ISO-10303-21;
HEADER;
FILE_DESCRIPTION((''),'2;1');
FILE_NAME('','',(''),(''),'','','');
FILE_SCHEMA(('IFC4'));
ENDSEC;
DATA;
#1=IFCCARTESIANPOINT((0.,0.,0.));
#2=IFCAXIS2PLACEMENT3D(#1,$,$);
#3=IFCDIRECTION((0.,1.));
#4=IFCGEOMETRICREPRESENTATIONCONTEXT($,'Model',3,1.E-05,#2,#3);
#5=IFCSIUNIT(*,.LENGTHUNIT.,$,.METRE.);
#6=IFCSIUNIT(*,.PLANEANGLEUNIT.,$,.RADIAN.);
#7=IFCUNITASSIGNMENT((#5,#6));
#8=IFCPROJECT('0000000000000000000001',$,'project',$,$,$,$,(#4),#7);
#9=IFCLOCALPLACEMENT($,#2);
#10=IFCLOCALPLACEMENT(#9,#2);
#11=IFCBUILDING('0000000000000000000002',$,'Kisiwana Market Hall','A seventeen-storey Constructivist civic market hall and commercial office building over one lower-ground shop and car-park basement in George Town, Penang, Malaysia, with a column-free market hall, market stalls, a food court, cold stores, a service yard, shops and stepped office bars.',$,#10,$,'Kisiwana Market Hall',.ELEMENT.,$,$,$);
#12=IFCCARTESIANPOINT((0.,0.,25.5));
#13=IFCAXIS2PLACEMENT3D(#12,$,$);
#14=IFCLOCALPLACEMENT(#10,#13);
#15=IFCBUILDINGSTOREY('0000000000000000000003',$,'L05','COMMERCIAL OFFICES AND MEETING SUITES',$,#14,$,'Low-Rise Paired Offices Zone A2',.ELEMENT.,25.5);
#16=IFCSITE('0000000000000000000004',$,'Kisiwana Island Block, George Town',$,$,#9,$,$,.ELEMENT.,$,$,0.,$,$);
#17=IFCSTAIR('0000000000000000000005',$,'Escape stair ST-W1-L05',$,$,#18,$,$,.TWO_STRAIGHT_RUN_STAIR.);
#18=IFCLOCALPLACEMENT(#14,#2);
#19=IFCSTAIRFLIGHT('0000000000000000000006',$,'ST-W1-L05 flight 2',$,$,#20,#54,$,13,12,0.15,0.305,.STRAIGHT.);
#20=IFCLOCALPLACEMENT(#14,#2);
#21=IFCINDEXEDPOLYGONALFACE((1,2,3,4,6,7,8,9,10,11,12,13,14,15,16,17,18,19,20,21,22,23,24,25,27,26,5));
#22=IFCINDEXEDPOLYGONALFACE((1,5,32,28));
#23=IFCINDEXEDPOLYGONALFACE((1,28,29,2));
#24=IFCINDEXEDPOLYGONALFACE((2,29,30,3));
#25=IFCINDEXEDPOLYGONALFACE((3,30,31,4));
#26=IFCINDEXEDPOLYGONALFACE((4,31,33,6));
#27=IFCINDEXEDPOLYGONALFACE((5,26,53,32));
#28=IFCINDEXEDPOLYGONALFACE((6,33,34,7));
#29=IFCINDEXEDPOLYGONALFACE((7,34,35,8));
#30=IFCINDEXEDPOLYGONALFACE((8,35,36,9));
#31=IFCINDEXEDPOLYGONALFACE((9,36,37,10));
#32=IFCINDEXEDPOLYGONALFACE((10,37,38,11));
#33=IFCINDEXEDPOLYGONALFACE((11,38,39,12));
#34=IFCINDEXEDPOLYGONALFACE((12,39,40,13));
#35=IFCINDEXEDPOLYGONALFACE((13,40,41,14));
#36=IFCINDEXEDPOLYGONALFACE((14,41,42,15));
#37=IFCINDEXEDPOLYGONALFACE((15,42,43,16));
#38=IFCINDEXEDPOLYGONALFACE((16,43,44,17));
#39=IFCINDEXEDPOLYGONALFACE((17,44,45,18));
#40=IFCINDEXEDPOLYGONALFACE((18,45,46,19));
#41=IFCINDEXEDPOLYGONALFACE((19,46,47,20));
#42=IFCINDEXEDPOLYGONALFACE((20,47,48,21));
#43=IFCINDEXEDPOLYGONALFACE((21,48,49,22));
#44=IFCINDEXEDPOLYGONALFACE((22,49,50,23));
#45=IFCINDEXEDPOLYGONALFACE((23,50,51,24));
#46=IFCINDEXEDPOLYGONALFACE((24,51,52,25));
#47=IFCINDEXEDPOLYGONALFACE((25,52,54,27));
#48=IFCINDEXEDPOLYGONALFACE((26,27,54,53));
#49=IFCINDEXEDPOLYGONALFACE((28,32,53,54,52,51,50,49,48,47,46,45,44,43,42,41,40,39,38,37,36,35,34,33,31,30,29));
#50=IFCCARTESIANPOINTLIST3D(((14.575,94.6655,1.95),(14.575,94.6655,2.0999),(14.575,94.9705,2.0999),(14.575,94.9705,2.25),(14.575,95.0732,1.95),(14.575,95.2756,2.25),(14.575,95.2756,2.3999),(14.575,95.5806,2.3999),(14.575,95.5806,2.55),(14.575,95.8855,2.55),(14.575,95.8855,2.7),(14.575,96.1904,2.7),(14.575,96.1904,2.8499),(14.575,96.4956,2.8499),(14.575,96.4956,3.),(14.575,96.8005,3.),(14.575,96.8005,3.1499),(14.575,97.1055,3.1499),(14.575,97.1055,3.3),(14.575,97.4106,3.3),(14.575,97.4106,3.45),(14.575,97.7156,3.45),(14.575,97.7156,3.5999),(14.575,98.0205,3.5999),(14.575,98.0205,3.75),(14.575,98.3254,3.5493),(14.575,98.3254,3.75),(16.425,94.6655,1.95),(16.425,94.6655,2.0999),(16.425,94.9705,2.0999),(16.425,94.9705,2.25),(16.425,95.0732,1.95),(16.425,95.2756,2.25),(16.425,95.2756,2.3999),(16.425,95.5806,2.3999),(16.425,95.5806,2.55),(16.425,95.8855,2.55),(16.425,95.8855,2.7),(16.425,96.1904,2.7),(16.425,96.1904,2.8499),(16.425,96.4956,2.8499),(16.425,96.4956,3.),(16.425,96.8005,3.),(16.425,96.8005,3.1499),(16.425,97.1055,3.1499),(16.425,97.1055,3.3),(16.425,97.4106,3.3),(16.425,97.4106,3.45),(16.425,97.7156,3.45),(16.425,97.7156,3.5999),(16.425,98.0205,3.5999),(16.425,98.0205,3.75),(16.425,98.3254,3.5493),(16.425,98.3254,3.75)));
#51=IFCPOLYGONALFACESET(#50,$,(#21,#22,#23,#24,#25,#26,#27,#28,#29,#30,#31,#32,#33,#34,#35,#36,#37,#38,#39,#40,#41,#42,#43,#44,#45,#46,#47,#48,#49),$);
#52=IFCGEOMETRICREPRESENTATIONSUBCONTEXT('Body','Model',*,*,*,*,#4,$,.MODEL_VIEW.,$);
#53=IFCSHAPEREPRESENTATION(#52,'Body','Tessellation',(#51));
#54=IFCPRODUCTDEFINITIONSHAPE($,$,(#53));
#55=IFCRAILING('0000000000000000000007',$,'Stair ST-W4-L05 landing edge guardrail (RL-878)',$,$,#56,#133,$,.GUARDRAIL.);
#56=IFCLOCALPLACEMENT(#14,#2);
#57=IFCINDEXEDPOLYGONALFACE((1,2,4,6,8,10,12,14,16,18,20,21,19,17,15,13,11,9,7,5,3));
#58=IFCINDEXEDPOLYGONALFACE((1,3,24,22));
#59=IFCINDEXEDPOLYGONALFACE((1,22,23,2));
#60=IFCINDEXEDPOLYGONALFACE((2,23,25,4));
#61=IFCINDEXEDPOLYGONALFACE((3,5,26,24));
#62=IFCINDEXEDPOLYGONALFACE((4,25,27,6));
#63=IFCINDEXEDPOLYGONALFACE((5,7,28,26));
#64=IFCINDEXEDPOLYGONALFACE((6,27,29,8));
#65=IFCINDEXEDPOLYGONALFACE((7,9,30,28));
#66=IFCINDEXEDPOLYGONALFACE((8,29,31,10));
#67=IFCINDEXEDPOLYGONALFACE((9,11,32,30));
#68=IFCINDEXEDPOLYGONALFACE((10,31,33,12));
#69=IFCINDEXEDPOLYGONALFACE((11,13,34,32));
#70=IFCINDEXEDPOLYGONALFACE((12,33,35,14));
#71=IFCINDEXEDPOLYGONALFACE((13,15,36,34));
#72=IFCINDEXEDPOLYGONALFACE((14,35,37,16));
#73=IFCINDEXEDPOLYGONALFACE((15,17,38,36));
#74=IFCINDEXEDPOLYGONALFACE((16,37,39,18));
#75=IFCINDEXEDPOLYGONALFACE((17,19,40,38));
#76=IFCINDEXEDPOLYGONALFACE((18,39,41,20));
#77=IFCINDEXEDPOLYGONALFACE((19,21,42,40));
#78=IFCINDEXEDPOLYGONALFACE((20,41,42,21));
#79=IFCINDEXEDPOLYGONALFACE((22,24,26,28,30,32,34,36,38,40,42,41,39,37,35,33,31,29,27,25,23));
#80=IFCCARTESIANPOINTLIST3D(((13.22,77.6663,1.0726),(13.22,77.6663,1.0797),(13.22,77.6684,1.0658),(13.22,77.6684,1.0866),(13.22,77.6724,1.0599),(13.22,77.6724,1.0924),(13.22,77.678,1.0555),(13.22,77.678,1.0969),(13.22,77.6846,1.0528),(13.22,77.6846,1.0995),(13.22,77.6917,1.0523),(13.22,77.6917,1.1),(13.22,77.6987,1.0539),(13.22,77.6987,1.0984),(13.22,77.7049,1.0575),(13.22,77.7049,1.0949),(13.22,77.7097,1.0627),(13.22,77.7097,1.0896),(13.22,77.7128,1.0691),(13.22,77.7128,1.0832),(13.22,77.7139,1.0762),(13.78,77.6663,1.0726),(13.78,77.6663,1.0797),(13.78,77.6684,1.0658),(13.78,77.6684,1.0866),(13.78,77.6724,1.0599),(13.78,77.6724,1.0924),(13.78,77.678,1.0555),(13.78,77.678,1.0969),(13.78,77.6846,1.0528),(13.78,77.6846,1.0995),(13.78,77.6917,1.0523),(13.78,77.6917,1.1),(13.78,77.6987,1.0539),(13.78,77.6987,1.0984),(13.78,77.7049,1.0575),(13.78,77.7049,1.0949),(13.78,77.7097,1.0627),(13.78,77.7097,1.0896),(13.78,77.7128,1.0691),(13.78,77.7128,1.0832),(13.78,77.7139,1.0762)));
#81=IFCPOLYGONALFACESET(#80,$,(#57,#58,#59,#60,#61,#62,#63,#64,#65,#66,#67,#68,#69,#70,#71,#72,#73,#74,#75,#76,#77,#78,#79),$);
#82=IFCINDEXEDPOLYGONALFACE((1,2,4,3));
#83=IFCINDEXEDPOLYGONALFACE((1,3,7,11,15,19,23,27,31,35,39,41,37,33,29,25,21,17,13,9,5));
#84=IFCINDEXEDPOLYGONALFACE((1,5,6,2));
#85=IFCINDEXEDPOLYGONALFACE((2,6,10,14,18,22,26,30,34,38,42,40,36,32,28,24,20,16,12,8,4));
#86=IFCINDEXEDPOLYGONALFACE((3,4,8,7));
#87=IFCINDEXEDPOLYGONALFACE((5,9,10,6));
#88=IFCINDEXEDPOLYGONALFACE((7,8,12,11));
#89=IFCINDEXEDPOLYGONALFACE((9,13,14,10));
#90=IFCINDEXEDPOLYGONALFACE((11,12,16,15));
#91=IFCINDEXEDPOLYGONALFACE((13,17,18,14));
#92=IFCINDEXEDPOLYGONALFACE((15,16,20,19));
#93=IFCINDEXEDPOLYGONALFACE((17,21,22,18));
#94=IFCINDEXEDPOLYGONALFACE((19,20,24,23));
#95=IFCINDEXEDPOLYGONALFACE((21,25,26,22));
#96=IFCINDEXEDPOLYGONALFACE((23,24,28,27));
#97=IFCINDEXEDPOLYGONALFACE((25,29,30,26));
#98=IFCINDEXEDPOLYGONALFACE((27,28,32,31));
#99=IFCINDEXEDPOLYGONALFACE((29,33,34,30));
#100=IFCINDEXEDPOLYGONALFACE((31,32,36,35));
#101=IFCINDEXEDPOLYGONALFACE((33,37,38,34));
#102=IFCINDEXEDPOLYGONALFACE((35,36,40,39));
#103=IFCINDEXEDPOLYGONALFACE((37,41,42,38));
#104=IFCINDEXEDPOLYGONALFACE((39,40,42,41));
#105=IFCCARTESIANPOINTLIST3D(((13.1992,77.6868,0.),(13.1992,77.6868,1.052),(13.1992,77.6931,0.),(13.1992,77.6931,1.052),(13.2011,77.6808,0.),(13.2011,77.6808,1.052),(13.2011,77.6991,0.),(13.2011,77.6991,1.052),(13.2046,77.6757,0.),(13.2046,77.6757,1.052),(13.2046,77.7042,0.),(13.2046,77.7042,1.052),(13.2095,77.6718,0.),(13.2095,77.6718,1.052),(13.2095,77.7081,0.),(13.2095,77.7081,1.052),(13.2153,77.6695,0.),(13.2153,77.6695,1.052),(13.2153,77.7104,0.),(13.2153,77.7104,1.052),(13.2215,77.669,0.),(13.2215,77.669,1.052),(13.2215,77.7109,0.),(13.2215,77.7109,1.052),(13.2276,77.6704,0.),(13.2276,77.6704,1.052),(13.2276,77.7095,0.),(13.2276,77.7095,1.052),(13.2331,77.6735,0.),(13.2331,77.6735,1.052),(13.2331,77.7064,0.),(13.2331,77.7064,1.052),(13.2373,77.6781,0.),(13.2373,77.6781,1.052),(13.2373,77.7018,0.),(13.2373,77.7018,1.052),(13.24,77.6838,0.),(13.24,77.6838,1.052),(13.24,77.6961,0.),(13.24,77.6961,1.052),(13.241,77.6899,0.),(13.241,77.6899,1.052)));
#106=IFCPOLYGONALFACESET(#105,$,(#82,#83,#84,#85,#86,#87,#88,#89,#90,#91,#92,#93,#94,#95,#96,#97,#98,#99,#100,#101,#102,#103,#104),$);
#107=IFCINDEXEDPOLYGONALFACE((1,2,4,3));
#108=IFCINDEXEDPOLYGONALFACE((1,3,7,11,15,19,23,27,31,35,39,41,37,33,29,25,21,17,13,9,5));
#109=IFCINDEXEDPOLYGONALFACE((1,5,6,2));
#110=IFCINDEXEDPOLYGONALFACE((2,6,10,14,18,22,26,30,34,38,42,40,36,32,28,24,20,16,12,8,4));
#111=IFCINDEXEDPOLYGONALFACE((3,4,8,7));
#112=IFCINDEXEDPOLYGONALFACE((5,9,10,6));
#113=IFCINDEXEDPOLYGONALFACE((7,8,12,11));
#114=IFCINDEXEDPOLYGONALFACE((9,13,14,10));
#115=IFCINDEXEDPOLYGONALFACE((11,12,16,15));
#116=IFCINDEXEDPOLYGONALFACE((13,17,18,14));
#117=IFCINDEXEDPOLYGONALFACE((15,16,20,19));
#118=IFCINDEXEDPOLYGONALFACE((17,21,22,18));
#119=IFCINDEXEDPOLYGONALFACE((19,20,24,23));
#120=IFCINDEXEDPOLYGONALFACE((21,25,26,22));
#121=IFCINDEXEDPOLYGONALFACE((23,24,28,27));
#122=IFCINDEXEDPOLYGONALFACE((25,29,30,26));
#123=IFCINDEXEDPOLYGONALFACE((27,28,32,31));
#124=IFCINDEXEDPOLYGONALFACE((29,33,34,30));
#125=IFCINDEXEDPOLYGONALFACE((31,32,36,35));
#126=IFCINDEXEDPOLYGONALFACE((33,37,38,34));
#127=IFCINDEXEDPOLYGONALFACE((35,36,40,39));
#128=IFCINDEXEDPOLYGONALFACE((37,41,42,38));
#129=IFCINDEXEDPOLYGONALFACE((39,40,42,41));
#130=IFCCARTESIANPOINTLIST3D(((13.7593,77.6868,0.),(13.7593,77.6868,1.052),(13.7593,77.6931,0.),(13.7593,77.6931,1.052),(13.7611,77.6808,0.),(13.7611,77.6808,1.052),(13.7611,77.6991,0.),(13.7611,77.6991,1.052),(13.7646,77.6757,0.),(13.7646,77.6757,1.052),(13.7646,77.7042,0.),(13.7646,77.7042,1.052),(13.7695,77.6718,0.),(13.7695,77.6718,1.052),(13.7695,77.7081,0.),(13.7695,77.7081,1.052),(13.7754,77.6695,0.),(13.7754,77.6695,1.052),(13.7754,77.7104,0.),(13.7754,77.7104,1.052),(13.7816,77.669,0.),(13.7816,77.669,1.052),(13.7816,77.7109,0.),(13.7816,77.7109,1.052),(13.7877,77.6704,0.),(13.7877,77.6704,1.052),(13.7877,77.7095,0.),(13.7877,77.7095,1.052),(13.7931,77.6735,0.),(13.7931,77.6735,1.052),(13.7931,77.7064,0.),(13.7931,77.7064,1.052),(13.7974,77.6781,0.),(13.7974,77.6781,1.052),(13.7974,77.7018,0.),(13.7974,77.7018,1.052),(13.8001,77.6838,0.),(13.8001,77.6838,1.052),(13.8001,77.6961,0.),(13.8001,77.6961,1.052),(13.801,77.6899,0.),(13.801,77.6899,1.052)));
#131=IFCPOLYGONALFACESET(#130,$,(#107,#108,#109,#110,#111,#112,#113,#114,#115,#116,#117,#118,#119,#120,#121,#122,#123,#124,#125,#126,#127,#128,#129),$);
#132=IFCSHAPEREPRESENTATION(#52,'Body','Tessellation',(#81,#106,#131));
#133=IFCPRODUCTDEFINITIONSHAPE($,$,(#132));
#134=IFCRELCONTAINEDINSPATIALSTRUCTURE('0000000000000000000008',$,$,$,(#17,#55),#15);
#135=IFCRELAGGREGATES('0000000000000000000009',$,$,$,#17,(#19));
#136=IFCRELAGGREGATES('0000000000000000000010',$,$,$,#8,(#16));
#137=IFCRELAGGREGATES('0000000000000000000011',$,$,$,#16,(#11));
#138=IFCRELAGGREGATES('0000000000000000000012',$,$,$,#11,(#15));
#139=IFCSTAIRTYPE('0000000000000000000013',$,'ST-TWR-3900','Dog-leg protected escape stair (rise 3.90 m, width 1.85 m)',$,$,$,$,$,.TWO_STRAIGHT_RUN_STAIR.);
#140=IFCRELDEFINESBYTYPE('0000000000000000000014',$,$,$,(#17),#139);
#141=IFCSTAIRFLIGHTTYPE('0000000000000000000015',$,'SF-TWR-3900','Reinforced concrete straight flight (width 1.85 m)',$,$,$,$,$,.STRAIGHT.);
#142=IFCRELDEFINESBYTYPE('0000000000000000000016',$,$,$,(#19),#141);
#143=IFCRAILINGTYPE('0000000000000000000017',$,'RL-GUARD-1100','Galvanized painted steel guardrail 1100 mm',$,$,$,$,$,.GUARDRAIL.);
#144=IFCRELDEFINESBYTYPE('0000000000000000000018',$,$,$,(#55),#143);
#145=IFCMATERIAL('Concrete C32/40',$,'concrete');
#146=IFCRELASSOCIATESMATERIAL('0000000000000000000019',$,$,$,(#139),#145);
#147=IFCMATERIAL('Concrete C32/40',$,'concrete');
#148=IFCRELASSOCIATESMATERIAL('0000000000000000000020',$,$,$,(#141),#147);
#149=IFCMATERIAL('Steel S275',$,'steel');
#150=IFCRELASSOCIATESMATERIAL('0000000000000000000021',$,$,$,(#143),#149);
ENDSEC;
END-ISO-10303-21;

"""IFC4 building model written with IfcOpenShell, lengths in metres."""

from ifc_helpers import new_model, si_unit, direction, frame, origin, origin_2d, place, context, subcontext, project, spatial, polyline, circle, outline, extrude, material, type_object, element, aggregate, save


model = new_model("IFC4")

# Units and contexts
model_context = context("Model", 3, precision=1e-05, world=origin(), true_north=direction((0.0, 1.0)))
body_context = subcontext(model_context, "Body", "Model", "MODEL_VIEW")
ifc_project = project(units=[si_unit("LENGTHUNIT", "METRE"), si_unit("PLANEANGLEUNIT", "RADIAN")], contexts=[model_context])

# Site, building, storey
site_placement = place(None, origin())
site = spatial("IfcSite", under=ifc_project, at=site_placement, Name="Kisiwana Island Block, George Town", CompositionType="ELEMENT", RefElevation=0.0)
building_placement = place(site_placement, origin())
building = spatial("IfcBuilding", under=site, at=building_placement, Name="Kisiwana Market Hall", Description="A seventeen-storey Constructivist civic market hall and commercial office building over one lower-ground shop and car-park basement in George Town, Penang, Malaysia, with a column-free market hall, market stalls, a food court, cold stores, a service yard, shops and stepped office bars.", LongName="Kisiwana Market Hall", CompositionType="ELEMENT")
storey_placement = place(building_placement, frame((0.0, 0.0, 25.5)))
storey = spatial("IfcBuildingStorey", under=building, at=storey_placement, Name="L05", Description="COMMERCIAL OFFICES AND MEETING SUITES", LongName="Low-Rise Paired Offices Zone A2", CompositionType="ELEMENT", Elevation=25.5)

# Stair, stair flight
ifc_material_1 = material(Name="Concrete C32/40", Category="concrete")
stair_type = type_object("IfcStairType", Name="ST-TWR-3900", Description="Dog-leg protected escape stair (rise 3.90 m, width 1.85 m)", PredefinedType="TWO_STRAIGHT_RUN_STAIR", material=ifc_material_1)
stair_placement = place(storey_placement, origin())
stair = element("IfcStair", 1, at=stair_placement, inside=storey, type_object=stair_type, Name="Escape stair ST-W1-L05", PredefinedType="TWO_STRAIGHT_RUN_STAIR")
ifc_material_2 = material(Name="Concrete C32/40", Category="concrete")
stair_flight_type = type_object("IfcStairFlightType", Name="SF-TWR-3900", Description="Reinforced concrete straight flight (width 1.85 m)", PredefinedType="STRAIGHT", material=ifc_material_2)
stair_flight_placement = place(storey_placement, frame((15.5, 94.6655, 1.95), z_axis=(0.0, 0.0, 1.0), x_axis=(0.0, 1.0, 0.0)))
stair_flight = element("IfcStairFlight", 2, at=stair_flight_placement, type_object=stair_flight_type, Name="ST-W1-L05 flight 2", NumberOfRisers=13, NumberOfTreads=12, PredefinedType="STRAIGHT", RiserHeight=0.15, TreadLength=0.305, context=body_context, shape_type="SweptSolid", body=[
    extrude(outline(polyline([(0.0, 0.0), (0.0, 0.1499), (0.3049, 0.1499), (0.3049, 0.3), (0.6101, 0.3), (0.6101, 0.45), (0.915, 0.45), (0.915, 0.6001), (1.22, 0.6001), (1.22, 0.75), (1.5249, 0.75), (1.5249, 0.8999), (1.8301, 0.8999), (1.8301, 1.05), (2.135, 1.05), (2.135, 1.2), (2.4399, 1.2), (2.4399, 1.3501), (2.7451, 1.3501), (2.7451, 1.5), (3.05, 1.5), (3.05, 1.6499), (3.355, 1.6499), (3.355, 1.8), (3.6599, 1.8), (3.6599, 1.95), (3.6599, 1.5994), (0.4077, 0.0), (0.0, 0.0)])), frame((0.0, 0.925, 0.0), z_axis=(0.0, -1.0, 0.0), x_axis=(1.0, 0.0, 0.0)), (0.0, 0.0, 1.0), 1.8501),
])
aggregate(stair, [stair_flight])

# Railing
ifc_material_3 = material(Name="Steel S275", Category="steel")
railing_type_1 = type_object("IfcRailingType", Name="RL-GUARD-1100", Description="Galvanized painted steel guardrail 1100 mm", PredefinedType="GUARDRAIL", material=ifc_material_3)
railing_1_placement = place(storey_placement, frame((13.22, 77.6899, 0.0)))
element("IfcRailing", 3, at=railing_1_placement, inside=storey, type_object=railing_type_1, Name="Stair ST-W4-L05 landing edge guardrail (RL-878)", PredefinedType="GUARDRAIL", context=body_context, shape_type="SweptSolid", body=[
    extrude(circle(Radius=0.0239, at=origin_2d()), frame((0.0, 0.0, 1.0762), z_axis=(1.0, 0.0, 0.0), x_axis=(0.0, 1.0, 0.0)), (0.0, 0.0, 1.0), 0.5601),
    extrude(circle(Radius=0.021, at=origin_2d()), origin(), (0.0, 0.0, 1.0), 1.052),
    extrude(circle(Radius=0.021, at=origin_2d()), frame((0.5601, 0.0, 0.0)), (0.0, 0.0, 1.0), 1.052),
])

save(model, "model.ifc")
